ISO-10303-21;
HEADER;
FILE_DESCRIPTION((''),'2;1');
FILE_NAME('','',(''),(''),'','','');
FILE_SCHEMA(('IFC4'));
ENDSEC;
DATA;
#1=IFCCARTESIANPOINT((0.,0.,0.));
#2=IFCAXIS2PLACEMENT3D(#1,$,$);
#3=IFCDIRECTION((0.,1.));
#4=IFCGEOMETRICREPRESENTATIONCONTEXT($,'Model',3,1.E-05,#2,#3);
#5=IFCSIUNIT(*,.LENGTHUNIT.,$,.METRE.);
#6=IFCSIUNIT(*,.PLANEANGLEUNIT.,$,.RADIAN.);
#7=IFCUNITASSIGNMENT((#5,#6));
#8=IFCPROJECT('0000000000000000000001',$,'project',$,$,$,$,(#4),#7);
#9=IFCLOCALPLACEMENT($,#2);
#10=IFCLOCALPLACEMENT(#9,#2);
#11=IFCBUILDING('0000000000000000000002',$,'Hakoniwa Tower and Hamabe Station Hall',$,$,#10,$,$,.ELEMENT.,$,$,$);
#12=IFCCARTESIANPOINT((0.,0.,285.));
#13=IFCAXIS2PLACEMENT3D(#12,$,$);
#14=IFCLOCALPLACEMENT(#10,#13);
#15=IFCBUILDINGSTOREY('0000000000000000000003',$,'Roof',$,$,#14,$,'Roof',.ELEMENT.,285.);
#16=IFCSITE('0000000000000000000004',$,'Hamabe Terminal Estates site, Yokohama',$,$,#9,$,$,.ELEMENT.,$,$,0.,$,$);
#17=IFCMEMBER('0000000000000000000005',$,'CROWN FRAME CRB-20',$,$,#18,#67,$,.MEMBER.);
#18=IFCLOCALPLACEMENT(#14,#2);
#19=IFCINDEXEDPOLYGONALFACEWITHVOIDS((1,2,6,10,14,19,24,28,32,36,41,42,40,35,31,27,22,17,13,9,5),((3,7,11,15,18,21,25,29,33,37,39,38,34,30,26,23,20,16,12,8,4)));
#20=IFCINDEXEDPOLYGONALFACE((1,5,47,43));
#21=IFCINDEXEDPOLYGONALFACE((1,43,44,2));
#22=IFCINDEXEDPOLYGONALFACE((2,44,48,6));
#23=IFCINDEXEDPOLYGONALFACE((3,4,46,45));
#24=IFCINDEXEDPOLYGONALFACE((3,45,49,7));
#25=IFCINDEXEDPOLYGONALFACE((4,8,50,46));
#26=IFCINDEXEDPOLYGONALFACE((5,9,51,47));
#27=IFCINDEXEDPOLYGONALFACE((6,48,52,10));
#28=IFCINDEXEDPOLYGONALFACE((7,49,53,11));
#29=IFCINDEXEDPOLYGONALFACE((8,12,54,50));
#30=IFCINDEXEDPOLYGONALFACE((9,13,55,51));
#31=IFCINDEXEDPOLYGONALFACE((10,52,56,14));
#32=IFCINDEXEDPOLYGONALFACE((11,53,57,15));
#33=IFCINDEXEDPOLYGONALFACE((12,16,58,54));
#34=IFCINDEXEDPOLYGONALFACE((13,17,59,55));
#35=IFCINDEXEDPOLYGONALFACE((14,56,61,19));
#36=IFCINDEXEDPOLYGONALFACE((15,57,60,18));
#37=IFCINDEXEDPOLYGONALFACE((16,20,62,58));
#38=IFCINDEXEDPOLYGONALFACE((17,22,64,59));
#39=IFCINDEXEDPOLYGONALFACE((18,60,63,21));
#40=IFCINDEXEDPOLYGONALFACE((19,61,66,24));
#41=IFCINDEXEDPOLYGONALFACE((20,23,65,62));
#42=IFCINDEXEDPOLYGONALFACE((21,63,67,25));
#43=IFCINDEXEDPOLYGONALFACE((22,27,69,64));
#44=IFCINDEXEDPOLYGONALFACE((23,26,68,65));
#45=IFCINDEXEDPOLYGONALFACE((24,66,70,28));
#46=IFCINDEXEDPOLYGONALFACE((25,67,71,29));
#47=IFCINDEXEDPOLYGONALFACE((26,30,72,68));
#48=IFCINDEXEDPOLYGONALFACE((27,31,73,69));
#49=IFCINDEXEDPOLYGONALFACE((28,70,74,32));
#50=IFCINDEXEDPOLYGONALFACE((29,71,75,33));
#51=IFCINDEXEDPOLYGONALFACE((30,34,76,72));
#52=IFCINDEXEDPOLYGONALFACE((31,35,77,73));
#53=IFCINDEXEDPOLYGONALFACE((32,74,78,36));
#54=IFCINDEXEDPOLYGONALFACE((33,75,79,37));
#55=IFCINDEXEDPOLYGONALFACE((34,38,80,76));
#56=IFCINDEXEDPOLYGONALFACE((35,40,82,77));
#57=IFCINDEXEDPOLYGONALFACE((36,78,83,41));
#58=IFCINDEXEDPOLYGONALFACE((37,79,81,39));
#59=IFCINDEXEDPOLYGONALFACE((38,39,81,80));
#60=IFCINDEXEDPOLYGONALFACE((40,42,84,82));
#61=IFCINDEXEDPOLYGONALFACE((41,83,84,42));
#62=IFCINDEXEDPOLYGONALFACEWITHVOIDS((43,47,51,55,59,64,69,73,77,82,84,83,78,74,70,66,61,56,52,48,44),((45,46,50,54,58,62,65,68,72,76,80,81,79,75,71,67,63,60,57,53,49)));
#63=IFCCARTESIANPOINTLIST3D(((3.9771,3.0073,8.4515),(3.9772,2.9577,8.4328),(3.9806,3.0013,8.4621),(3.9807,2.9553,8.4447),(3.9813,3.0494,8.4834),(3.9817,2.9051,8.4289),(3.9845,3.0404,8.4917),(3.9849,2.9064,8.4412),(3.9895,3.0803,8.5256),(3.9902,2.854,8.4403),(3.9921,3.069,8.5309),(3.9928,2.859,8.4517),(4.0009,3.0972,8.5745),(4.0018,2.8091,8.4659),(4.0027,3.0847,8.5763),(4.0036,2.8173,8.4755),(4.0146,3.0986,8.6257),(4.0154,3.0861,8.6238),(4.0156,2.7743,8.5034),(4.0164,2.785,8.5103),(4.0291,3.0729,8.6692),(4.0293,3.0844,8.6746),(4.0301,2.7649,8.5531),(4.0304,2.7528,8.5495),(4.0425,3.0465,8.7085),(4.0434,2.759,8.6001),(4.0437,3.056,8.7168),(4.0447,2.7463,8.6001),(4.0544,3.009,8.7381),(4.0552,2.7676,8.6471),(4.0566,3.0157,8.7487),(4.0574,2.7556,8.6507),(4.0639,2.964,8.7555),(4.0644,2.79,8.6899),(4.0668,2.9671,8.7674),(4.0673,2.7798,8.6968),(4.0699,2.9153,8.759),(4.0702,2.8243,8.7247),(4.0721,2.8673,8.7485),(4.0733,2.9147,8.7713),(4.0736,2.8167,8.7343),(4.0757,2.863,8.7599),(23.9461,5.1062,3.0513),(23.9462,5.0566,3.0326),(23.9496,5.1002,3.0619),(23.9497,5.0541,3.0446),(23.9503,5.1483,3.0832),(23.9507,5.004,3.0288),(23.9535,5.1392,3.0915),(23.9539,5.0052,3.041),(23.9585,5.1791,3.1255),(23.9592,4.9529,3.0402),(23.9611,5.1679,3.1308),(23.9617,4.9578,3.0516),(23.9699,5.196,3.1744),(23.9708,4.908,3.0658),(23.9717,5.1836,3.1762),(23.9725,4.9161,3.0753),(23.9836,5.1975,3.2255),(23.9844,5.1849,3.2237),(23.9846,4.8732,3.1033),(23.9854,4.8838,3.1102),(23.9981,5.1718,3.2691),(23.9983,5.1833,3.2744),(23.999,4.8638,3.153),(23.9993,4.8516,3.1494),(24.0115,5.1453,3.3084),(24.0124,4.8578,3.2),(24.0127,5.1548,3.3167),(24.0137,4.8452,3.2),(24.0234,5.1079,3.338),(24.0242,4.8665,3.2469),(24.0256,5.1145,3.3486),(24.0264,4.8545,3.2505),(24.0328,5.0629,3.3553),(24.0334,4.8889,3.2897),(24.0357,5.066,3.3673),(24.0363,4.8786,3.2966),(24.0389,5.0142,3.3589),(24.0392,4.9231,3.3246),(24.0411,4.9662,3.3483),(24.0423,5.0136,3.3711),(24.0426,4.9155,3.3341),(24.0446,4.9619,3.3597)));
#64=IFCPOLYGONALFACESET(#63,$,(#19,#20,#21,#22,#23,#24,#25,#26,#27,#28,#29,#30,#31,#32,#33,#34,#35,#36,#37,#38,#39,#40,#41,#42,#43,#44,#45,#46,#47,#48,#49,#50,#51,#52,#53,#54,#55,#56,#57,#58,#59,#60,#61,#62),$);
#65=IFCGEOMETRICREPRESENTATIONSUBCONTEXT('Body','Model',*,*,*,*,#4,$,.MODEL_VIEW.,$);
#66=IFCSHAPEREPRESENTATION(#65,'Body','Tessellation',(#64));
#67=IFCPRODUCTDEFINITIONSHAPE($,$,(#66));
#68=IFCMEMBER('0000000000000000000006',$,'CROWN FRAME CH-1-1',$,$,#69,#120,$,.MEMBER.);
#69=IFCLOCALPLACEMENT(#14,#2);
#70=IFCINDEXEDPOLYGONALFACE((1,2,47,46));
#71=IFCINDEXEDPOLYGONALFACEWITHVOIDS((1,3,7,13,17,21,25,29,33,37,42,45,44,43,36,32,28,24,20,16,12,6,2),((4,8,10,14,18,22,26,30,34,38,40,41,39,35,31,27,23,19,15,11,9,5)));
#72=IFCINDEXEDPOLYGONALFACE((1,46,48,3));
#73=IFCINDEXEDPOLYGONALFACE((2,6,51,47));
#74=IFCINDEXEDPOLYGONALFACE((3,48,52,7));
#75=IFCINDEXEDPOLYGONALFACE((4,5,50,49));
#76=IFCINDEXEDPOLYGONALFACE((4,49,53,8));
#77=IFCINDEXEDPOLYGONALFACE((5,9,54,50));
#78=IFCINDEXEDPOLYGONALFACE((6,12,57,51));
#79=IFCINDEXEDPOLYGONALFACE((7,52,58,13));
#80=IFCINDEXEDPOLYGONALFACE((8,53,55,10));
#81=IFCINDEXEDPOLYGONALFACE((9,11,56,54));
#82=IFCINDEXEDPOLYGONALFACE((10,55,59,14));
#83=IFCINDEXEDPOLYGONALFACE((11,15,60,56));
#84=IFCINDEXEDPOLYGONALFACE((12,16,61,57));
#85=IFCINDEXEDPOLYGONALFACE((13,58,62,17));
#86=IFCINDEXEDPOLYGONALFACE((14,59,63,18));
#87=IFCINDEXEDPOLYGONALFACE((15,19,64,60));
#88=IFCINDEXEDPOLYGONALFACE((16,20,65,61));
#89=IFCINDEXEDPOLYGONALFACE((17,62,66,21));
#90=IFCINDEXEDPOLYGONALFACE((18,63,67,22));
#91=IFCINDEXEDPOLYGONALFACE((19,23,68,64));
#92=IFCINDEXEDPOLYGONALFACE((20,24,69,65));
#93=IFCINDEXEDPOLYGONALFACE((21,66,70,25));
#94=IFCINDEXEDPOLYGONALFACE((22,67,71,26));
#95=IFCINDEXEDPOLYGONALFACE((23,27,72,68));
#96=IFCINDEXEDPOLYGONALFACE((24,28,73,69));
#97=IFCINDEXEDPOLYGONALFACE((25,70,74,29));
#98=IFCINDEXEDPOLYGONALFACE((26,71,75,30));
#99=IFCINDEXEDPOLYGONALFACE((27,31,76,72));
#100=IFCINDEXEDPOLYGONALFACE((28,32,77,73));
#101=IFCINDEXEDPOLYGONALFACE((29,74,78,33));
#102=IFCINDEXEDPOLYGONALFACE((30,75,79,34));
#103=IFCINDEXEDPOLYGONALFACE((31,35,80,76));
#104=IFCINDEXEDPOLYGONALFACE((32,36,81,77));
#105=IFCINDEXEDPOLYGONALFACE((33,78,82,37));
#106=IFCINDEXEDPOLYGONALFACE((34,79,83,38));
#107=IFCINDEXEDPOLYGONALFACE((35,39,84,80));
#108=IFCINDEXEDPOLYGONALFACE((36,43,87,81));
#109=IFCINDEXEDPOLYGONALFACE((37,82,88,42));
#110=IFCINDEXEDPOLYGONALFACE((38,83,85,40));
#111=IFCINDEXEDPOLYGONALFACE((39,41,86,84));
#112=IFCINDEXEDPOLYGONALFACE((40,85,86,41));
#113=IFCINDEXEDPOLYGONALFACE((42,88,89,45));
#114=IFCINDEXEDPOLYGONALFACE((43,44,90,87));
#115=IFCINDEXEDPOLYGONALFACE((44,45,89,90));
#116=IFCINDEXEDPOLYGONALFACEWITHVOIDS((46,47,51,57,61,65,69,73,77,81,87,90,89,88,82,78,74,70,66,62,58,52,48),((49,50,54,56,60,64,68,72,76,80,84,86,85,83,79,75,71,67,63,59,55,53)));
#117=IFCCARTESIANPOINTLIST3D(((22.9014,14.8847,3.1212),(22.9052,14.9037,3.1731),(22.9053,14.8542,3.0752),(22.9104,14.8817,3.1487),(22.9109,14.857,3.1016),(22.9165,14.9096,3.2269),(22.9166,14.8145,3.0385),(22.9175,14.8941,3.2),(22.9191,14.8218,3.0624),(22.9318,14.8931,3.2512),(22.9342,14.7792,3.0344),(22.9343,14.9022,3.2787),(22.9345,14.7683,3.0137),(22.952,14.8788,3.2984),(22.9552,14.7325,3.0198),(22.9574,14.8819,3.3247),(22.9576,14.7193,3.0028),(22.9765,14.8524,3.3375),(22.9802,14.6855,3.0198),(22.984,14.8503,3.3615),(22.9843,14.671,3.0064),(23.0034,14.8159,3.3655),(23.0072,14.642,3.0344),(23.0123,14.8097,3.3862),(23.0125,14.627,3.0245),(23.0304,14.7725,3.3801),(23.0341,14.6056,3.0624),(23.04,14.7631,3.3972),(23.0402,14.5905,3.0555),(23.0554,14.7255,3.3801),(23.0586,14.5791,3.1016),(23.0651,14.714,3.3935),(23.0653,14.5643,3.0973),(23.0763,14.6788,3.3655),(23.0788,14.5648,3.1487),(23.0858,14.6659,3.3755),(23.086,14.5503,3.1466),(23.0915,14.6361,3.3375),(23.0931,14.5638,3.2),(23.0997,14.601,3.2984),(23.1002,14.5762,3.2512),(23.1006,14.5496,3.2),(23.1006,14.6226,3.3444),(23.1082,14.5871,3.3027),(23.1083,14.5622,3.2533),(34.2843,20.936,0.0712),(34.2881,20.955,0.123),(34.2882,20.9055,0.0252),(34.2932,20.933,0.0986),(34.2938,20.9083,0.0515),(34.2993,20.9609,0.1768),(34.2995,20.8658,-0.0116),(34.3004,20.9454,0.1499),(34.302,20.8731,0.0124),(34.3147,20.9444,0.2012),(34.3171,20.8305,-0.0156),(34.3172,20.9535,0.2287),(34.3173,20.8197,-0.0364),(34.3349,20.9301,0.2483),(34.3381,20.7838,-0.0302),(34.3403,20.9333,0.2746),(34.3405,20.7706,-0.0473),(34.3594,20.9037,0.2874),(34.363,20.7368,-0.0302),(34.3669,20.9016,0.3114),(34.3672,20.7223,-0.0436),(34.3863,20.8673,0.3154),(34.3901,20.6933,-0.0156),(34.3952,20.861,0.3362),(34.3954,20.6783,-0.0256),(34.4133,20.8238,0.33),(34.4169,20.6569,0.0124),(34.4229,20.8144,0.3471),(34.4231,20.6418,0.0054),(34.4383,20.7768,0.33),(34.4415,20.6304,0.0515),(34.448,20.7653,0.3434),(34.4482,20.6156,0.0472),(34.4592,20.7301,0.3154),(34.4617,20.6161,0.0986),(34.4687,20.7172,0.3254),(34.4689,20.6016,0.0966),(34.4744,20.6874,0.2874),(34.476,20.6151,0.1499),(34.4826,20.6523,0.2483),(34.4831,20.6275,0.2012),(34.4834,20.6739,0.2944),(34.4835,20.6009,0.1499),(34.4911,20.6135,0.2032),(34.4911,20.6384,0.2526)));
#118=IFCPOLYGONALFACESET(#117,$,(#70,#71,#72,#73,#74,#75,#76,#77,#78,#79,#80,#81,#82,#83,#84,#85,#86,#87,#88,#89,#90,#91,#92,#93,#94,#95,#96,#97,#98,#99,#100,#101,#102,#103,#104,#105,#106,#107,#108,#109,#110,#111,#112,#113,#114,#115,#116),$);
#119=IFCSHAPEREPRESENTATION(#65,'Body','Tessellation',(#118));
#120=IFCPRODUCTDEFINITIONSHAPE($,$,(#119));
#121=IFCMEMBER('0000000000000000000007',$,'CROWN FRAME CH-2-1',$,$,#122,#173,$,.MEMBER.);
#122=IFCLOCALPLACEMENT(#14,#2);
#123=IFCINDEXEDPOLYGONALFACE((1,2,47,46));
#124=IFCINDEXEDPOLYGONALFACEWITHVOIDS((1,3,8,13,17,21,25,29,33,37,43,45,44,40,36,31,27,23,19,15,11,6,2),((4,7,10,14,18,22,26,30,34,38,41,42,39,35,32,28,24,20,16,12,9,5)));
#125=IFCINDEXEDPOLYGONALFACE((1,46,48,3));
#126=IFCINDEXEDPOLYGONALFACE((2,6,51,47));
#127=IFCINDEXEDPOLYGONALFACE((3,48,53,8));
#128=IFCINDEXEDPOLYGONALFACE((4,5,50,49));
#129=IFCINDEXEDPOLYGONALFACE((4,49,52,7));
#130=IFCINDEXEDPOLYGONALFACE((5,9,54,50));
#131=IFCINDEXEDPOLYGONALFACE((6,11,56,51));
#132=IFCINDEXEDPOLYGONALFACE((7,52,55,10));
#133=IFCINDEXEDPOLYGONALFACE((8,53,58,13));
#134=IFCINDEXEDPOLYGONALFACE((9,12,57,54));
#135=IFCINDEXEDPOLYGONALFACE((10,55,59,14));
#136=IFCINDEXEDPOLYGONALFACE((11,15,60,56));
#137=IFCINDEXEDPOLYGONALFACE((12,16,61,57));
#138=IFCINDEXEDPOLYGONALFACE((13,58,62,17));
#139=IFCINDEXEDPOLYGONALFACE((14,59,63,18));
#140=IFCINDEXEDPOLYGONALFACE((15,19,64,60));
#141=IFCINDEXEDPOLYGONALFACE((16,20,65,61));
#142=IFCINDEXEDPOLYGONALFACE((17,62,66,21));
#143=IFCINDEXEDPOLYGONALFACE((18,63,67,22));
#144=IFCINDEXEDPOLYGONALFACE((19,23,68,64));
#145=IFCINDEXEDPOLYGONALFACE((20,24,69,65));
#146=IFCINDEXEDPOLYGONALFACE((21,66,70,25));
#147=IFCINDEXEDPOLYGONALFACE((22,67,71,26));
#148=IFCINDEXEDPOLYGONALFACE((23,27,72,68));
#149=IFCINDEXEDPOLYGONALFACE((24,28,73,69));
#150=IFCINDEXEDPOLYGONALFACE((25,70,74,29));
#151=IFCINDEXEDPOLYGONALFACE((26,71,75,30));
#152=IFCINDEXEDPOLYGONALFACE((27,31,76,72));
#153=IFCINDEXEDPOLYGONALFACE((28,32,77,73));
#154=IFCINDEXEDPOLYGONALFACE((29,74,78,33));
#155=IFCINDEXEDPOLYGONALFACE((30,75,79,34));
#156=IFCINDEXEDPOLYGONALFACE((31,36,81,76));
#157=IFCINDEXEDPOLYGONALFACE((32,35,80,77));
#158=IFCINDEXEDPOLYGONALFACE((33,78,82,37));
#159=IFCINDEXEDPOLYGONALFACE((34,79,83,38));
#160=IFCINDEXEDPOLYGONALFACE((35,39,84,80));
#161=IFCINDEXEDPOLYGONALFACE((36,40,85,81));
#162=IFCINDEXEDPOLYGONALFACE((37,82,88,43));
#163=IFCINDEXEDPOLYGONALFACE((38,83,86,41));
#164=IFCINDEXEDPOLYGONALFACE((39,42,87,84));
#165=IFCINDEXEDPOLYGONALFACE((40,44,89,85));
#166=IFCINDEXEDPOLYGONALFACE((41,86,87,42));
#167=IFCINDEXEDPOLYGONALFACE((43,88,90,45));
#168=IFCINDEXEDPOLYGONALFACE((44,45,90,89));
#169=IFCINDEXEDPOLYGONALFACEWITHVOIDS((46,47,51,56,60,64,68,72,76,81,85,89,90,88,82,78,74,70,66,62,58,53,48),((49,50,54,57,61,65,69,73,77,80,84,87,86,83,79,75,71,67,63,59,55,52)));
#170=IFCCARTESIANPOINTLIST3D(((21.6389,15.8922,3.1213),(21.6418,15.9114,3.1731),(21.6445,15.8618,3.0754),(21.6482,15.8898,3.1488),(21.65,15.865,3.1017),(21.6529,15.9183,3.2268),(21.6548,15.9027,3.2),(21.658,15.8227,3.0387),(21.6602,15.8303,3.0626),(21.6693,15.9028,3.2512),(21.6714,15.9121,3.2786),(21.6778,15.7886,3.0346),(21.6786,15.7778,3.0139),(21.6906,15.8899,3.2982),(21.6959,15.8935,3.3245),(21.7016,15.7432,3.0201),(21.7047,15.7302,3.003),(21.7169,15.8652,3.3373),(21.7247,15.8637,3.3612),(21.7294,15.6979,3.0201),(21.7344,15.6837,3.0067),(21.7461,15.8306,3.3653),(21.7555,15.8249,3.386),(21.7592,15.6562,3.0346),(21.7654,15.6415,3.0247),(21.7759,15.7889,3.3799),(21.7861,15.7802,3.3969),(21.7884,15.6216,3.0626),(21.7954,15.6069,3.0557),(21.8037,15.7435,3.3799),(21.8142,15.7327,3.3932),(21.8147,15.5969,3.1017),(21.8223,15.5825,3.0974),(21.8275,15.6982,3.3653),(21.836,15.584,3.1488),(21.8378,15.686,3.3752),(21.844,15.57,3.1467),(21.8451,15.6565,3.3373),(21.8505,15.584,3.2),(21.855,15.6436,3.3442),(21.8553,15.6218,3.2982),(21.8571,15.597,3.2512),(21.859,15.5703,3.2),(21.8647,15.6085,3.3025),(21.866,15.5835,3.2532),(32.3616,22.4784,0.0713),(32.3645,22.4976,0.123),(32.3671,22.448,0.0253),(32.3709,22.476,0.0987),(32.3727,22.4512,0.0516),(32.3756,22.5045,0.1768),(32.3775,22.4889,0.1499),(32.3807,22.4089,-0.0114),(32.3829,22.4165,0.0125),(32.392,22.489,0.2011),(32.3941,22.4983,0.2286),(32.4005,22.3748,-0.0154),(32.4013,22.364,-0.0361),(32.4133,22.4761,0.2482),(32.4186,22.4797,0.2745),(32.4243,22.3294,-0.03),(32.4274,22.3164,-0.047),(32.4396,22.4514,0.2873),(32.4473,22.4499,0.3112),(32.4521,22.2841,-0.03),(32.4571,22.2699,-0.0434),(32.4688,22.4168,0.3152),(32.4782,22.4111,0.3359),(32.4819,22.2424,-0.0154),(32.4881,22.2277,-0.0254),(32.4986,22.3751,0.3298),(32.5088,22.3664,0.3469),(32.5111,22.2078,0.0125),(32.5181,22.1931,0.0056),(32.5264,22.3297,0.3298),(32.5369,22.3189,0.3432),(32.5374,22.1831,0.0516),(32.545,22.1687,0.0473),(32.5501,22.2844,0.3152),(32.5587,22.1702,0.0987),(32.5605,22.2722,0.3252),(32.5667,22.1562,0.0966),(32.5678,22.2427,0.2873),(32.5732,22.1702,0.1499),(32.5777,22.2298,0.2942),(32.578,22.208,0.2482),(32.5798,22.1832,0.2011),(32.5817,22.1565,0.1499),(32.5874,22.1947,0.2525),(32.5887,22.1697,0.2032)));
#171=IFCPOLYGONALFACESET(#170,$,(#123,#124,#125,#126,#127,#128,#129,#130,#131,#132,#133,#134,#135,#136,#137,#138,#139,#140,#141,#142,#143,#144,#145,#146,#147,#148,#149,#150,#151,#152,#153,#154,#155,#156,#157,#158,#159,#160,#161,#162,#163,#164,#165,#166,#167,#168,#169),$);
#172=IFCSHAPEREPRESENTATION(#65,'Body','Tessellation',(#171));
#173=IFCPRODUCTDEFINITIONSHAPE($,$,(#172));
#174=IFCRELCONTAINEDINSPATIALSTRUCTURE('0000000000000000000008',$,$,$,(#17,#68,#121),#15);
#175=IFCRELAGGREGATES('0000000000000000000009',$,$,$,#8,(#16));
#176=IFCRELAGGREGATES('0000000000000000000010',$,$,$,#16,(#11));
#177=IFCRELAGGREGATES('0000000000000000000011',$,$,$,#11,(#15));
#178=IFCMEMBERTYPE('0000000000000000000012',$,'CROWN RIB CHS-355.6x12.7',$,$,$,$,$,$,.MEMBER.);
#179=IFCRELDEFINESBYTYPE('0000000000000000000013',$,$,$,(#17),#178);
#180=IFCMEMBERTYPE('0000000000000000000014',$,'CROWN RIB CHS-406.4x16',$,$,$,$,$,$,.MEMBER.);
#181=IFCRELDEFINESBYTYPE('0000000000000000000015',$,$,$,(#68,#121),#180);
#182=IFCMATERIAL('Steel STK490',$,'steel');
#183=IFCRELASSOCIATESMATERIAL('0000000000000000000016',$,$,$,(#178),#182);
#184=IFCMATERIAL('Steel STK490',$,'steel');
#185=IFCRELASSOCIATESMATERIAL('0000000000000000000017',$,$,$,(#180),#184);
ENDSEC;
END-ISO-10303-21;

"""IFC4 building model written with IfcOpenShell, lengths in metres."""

from ifc_helpers import new_model, si_unit, direction, frame, origin, origin_2d, place, context, subcontext, project, spatial, hollow_circle, extrude, material, material_profile, profile_set, type_object, element, save


model = new_model("IFC4")

# Units and contexts
model_context = context("Model", 3, precision=1e-05, world=origin(), true_north=direction((0.0, 1.0)))
body_context = subcontext(model_context, "Body", "Model", "MODEL_VIEW")
ifc_project = project(units=[si_unit("LENGTHUNIT", "METRE"), si_unit("PLANEANGLEUNIT", "RADIAN")], contexts=[model_context])

# Site, building, storey
site_placement = place(None, origin())
site = spatial("IfcSite", under=ifc_project, at=site_placement, Name="Hamabe Terminal Estates site, Yokohama", CompositionType="ELEMENT", RefElevation=0.0)
building_placement = place(site_placement, origin())
building = spatial("IfcBuilding", under=site, at=building_placement, Name="Hakoniwa Tower and Hamabe Station Hall", CompositionType="ELEMENT")
storey_placement = place(building_placement, frame((0.0, 0.0, 285.0)))
storey = spatial("IfcBuildingStorey", under=building, at=storey_placement, Name="Roof", LongName="Roof", CompositionType="ELEMENT", Elevation=285.0)

# Members
ifc_material_1 = material(Name="Steel STK490", Category="steel")
ifc_material_profile_1 = material_profile(ifc_material_1, hollow_circle(Radius=0.1777, WallThickness=0.0127, at=origin_2d()), Name="CHS-355.6x12.7")
ifc_profile_set_1 = profile_set([ifc_material_profile_1], Name="Steel STK490")
member_type_1 = type_object("IfcMemberType", Name="CROWN RIB CHS-355.6x12.7", PredefinedType="MEMBER", material=ifc_profile_set_1)
member_1_placement = place(storey_placement, frame((23.9951, 5.022, 3.2), z_axis=(-0.960395, -0.100944, 0.259716), x_axis=(0.104531, -0.994522, 0.0)))
element("IfcMember", 1, at=member_1_placement, inside=storey, type_object=member_type_1, Name="CROWN FRAME CRB-20", PredefinedType="MEMBER", context=body_context, shape_type="SweptSolid", body=[
    extrude(hollow_circle(Radius=0.1777, WallThickness=0.0127, at=origin_2d()), origin(), (0.0, 0.0, 1.0), 20.7925),
])
ifc_material_2 = material(Name="Steel STK490", Category="steel")
ifc_material_profile_2 = material_profile(ifc_material_2, hollow_circle(Radius=0.2031, WallThickness=0.0161, at=origin_2d()), Name="CHS-406.4x16")
ifc_profile_set_2 = profile_set([ifc_material_profile_2], Name="Steel STK490")
member_type_2 = type_object("IfcMemberType", Name="CROWN RIB CHS-406.4x16", PredefinedType="MEMBER", material=ifc_profile_set_2)
member_2_placement = place(storey_placement, frame((34.3882, 20.7803, 0.1499), z_axis=(-0.85926, -0.456795, 0.230241), x_axis=(0.469406, -0.882982, 0.0)))
element("IfcMember", 2, at=member_2_placement, inside=storey, type_object=member_type_2, Name="CROWN FRAME CH-1-1", PredefinedType="MEMBER", context=body_context, shape_type="SweptSolid", body=[
    extrude(hollow_circle(Radius=0.2031, WallThickness=0.0161, at=origin_2d()), origin(), (0.0, 0.0, 1.0), 13.2473),
])
member_3_placement = place(storey_placement, frame((32.4753, 22.3296, 0.1499), z_axis=(-0.828119, -0.508656, 0.235558), x_axis=(0.523384, -0.852097, 0.0)))
element("IfcMember", 3, at=member_3_placement, inside=storey, type_object=member_type_2, Name="CROWN FRAME CH-2-1", PredefinedType="MEMBER", context=body_context, shape_type="SweptSolid", body=[
    extrude(hollow_circle(Radius=0.2031, WallThickness=0.0161, at=origin_2d()), origin(), (0.0, 0.0, 1.0), 12.9482),
])

save(model, "model.ifc")
